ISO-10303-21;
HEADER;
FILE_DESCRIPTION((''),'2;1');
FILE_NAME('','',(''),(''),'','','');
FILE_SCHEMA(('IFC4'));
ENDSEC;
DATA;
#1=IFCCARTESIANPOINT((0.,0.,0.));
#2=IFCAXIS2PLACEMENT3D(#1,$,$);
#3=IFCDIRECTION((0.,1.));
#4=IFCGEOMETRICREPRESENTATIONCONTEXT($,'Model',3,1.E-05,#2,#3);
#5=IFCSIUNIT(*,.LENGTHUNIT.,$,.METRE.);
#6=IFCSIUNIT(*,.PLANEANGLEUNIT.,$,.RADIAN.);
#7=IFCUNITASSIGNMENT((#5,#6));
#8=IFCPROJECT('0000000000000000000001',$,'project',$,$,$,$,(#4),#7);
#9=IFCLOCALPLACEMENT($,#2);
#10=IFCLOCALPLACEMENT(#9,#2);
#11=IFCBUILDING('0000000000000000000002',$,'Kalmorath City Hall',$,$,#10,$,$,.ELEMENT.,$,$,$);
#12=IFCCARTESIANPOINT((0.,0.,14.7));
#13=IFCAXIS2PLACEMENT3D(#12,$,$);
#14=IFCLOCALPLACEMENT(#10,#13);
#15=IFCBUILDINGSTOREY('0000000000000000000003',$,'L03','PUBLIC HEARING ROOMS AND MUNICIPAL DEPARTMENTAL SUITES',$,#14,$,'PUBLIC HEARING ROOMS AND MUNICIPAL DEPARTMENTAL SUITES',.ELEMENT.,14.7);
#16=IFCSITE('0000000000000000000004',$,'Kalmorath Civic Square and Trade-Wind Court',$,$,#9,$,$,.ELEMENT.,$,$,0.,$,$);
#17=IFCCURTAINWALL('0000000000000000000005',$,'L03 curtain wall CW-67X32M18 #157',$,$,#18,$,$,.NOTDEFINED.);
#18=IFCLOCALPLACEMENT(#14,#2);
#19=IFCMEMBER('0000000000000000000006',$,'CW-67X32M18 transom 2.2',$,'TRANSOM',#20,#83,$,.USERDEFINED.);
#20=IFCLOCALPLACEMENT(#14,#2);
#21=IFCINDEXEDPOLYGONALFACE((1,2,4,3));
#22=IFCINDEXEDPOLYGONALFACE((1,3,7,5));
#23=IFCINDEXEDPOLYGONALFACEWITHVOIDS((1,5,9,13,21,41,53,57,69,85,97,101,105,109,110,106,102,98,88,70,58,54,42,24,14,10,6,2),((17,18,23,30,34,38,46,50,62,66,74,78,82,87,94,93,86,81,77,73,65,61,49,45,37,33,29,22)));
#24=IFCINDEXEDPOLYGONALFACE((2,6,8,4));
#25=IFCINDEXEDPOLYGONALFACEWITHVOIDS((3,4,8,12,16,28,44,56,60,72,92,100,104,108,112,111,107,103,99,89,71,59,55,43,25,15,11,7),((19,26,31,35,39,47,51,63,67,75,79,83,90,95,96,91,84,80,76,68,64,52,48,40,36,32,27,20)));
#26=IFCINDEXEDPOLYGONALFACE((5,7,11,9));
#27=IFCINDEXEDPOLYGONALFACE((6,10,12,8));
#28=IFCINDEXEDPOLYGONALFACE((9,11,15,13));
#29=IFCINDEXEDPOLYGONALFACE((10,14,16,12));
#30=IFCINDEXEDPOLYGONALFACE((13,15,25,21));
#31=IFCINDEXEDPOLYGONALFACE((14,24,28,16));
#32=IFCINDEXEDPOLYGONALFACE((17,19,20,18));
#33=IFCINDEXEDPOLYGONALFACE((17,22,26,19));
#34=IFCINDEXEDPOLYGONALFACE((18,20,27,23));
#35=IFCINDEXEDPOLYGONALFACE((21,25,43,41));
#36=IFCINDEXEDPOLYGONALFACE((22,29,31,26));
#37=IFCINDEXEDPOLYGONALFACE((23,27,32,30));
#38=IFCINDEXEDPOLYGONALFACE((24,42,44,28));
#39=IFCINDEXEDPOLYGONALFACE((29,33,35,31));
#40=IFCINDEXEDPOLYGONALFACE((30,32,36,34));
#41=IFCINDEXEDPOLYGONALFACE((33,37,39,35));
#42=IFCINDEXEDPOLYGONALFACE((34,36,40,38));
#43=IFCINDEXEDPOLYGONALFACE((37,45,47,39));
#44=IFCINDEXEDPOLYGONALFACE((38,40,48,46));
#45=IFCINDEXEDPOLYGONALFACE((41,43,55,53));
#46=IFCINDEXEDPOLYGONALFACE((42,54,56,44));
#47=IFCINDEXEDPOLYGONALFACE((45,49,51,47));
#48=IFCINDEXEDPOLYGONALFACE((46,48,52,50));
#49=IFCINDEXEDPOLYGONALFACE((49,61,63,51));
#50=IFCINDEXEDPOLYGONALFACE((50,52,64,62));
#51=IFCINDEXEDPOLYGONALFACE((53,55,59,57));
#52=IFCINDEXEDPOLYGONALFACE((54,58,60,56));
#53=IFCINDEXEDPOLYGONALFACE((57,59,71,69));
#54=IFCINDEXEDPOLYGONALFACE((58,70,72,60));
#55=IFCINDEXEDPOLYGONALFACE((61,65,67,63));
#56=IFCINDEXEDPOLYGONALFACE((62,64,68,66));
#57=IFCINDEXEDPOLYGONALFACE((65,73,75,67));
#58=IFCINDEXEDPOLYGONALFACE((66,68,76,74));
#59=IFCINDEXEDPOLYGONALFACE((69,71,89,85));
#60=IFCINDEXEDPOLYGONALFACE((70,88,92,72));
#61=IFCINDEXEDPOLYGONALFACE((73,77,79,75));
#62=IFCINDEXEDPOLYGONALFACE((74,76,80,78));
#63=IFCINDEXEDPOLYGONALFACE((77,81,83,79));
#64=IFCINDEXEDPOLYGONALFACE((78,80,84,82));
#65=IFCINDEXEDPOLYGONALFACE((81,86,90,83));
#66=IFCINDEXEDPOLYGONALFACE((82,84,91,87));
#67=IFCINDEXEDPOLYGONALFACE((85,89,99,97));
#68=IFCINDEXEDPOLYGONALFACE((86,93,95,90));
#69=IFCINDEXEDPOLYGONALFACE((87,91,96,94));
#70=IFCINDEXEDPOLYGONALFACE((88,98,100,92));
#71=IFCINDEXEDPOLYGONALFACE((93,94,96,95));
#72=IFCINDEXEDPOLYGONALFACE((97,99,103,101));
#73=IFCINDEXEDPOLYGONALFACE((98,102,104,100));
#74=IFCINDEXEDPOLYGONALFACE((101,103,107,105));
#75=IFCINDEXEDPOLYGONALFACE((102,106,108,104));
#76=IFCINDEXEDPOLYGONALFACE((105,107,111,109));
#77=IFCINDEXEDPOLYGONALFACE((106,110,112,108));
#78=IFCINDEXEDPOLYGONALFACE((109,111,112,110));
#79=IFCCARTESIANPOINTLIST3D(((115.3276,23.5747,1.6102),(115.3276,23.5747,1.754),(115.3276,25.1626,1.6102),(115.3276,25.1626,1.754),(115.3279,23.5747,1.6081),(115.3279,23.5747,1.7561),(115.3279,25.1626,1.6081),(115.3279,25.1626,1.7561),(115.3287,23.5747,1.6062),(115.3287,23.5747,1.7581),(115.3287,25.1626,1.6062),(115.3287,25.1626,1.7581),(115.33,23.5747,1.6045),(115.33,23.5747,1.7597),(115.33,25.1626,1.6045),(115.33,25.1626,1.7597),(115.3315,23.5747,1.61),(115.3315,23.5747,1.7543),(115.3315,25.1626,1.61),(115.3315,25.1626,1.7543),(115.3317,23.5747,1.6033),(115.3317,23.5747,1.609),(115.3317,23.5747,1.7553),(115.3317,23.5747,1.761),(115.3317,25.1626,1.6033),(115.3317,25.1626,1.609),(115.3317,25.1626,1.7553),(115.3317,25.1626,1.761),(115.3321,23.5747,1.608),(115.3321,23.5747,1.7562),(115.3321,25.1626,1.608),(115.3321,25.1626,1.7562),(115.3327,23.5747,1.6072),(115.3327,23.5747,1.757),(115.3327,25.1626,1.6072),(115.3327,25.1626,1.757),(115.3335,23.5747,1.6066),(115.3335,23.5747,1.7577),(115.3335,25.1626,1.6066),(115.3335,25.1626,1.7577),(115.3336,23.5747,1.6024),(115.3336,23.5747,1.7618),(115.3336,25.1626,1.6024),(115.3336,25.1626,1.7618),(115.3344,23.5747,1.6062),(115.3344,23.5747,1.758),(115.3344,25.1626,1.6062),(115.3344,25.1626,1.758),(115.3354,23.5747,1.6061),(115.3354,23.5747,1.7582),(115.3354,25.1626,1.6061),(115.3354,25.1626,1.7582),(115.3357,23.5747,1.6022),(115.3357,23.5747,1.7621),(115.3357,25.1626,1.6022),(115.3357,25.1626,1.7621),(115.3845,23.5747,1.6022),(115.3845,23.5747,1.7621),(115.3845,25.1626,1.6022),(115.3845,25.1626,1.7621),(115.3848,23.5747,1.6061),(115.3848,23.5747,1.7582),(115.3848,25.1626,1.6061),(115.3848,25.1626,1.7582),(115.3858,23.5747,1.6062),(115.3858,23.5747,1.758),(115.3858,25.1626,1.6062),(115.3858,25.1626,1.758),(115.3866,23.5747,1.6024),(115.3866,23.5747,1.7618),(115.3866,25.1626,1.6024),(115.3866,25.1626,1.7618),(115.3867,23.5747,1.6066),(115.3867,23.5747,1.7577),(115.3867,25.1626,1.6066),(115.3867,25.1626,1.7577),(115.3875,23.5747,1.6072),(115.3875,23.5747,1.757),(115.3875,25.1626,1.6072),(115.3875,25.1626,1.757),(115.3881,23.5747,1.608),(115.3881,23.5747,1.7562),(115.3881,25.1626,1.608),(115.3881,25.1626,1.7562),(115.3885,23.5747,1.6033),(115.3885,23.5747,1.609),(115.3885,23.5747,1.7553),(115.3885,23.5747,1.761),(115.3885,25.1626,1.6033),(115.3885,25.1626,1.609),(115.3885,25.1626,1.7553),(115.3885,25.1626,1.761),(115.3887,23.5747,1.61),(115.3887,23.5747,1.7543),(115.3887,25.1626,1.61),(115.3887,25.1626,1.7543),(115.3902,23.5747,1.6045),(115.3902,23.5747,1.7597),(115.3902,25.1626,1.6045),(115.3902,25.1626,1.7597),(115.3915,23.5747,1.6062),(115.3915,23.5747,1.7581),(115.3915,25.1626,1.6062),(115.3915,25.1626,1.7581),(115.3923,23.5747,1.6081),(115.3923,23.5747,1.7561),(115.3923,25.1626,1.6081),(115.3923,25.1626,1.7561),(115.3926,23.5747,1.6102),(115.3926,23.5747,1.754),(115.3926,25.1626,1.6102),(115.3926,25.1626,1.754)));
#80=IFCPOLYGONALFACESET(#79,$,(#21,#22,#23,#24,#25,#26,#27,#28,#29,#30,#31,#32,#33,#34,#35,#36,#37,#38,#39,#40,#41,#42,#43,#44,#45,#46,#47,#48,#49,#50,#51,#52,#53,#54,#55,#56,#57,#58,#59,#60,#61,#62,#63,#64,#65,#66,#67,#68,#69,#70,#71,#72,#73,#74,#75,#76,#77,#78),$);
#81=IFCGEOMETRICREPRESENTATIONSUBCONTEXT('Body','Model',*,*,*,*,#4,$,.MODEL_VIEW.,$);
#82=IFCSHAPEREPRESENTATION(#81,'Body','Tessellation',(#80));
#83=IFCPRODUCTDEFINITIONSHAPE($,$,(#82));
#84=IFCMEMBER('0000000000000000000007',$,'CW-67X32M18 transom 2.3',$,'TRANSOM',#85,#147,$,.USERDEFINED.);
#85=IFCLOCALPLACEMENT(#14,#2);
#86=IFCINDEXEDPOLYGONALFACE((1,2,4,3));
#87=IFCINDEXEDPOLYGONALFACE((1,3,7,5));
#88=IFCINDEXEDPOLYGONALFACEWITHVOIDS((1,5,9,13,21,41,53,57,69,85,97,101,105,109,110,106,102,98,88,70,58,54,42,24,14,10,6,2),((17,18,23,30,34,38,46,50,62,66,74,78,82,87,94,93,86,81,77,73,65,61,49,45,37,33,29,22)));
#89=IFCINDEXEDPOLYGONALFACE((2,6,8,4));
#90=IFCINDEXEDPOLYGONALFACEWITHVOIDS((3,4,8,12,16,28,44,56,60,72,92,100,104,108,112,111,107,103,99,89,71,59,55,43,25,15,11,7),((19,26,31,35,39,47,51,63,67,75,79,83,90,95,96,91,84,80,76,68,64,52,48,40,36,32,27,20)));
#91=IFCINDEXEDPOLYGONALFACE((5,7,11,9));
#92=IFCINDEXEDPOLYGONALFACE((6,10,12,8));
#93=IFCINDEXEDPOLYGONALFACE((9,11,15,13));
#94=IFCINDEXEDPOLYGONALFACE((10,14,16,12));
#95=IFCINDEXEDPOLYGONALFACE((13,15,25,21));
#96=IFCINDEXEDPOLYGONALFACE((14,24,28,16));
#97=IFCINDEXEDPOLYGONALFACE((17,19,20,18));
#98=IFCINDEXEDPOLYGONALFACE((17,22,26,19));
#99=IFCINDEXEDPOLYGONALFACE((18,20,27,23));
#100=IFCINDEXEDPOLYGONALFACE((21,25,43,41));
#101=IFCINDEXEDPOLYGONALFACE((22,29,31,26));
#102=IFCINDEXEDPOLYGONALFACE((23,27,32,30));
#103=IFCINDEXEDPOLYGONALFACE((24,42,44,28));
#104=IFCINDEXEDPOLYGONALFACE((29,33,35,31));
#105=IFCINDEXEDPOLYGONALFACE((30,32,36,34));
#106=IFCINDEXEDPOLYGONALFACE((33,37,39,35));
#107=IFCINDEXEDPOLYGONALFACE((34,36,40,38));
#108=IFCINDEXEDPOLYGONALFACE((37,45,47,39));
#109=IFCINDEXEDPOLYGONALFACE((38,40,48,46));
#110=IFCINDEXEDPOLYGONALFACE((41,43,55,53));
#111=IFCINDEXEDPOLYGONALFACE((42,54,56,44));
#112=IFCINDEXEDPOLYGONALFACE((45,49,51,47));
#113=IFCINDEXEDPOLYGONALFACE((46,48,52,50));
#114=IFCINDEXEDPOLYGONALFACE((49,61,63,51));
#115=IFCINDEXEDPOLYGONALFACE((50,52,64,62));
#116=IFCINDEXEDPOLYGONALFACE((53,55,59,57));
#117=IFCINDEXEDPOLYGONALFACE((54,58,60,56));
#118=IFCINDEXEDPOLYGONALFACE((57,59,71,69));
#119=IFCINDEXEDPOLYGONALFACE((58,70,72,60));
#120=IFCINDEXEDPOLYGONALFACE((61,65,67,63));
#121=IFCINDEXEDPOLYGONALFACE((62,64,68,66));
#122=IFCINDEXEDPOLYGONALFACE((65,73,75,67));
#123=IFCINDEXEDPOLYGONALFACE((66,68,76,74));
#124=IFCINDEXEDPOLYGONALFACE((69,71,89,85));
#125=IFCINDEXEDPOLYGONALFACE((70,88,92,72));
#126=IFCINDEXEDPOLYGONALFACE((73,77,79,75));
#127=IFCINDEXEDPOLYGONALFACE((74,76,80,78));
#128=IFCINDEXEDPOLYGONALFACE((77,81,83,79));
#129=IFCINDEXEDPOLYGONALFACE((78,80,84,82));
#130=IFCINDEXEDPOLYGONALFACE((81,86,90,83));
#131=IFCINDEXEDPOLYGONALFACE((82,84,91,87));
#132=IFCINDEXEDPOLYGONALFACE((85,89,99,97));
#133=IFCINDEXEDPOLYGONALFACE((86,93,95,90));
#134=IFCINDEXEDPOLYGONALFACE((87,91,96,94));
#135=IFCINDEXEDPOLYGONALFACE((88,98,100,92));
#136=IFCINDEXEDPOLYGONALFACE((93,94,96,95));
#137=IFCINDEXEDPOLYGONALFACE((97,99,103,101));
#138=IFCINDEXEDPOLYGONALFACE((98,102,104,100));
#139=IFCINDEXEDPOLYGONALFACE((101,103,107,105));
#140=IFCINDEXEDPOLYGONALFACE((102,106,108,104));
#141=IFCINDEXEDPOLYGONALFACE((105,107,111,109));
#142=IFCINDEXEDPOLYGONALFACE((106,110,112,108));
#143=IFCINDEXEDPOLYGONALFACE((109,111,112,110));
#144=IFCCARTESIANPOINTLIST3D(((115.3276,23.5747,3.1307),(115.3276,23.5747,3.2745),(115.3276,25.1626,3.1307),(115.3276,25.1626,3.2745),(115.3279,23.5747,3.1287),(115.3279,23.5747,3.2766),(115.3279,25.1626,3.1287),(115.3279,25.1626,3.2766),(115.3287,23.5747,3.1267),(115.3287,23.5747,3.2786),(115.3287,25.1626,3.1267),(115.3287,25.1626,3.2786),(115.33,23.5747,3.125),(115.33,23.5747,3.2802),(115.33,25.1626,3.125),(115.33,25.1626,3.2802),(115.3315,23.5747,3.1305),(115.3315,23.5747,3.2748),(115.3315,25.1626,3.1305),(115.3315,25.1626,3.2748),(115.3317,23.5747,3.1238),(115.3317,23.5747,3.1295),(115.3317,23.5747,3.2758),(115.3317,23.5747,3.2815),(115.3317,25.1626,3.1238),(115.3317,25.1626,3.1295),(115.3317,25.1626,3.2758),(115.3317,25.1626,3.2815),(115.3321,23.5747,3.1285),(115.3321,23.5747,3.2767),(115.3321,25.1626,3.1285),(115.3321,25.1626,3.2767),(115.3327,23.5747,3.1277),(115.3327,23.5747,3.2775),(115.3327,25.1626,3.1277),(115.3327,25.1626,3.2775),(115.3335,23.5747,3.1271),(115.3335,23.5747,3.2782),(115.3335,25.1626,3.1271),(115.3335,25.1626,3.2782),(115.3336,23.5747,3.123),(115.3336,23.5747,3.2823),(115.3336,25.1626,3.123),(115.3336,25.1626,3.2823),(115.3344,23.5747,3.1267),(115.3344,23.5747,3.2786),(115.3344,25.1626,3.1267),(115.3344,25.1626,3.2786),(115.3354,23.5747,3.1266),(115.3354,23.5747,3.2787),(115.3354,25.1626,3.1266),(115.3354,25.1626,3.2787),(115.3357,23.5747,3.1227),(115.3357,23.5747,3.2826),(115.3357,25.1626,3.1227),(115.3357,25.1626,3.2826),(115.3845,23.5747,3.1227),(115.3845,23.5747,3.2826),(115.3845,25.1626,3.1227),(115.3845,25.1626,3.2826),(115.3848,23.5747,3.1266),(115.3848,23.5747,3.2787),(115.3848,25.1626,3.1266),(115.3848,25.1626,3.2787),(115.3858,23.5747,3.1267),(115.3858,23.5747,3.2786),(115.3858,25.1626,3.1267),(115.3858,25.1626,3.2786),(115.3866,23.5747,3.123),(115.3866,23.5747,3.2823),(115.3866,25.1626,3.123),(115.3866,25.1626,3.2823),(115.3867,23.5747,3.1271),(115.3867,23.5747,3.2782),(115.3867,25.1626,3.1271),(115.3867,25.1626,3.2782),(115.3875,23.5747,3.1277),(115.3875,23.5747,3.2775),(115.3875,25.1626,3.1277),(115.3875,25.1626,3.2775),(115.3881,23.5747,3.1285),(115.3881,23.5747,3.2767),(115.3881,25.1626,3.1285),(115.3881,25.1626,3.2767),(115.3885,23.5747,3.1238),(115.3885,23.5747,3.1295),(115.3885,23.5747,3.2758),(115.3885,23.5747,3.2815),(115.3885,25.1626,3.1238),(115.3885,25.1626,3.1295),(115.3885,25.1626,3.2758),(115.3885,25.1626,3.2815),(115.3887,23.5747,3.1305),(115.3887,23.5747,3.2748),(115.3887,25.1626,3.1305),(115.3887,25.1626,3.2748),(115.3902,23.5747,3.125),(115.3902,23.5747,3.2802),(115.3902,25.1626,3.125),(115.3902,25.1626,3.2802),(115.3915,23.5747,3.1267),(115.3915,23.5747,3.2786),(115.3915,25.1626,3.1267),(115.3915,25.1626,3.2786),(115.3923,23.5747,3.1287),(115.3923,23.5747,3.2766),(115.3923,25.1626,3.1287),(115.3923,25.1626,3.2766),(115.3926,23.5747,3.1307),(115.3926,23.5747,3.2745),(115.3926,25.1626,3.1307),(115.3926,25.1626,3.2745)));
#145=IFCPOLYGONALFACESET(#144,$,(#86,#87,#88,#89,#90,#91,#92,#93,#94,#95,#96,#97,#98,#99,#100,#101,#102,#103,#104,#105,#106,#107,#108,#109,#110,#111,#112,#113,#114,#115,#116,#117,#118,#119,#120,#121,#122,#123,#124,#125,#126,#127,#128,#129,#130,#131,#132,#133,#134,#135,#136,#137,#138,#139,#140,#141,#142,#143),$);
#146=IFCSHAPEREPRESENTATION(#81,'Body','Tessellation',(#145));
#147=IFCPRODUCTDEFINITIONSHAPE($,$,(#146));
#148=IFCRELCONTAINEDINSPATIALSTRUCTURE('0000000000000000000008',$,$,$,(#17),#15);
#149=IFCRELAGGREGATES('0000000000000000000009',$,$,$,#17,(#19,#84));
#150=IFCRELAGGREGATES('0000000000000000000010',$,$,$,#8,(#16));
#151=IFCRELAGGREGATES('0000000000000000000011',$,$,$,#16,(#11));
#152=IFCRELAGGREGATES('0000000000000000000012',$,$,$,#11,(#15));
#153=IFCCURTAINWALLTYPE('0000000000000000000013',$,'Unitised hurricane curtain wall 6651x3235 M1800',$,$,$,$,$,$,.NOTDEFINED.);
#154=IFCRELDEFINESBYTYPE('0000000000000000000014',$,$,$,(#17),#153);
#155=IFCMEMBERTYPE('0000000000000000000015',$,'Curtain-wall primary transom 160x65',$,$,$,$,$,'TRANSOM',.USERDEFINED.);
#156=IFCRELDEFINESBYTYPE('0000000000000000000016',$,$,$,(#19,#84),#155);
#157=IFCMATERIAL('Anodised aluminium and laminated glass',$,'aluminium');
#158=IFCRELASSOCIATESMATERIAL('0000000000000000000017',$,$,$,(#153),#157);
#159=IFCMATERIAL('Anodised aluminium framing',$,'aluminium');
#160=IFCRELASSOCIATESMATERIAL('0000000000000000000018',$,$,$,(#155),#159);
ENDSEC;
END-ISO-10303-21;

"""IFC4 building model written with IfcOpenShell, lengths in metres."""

from ifc_helpers import new_model, si_unit, direction, frame, origin, origin_2d, place, context, subcontext, project, spatial, hollow_rectangle, extrude, material, material_profile, profile_set, type_object, element, aggregate, save


model = new_model("IFC4")

# Units and contexts
model_context = context("Model", 3, precision=1e-05, world=origin(), true_north=direction((0.0, 1.0)))
body_context = subcontext(model_context, "Body", "Model", "MODEL_VIEW")
ifc_project = project(units=[si_unit("LENGTHUNIT", "METRE"), si_unit("PLANEANGLEUNIT", "RADIAN")], contexts=[model_context])

# Site, building, storey
site_placement = place(None, origin())
site = spatial("IfcSite", under=ifc_project, at=site_placement, Name="Kalmorath Civic Square and Trade-Wind Court", CompositionType="ELEMENT", RefElevation=0.0)
building_placement = place(site_placement, origin())
building = spatial("IfcBuilding", under=site, at=building_placement, Name="Kalmorath City Hall", CompositionType="ELEMENT")
storey_placement = place(building_placement, frame((0.0, 0.0, 14.7)))
storey = spatial("IfcBuildingStorey", under=building, at=storey_placement, Name="L03", Description="PUBLIC HEARING ROOMS AND MUNICIPAL DEPARTMENTAL SUITES", LongName="PUBLIC HEARING ROOMS AND MUNICIPAL DEPARTMENTAL SUITES", CompositionType="ELEMENT", Elevation=14.7)

# Curtain wall
ifc_material_1 = material(Name="Anodised aluminium and laminated glass", Category="aluminium")
curtain_wall_type_1 = type_object("IfcCurtainWallType", Name="Unitised hurricane curtain wall 6651x3235 M1800", PredefinedType="NOTDEFINED", material=ifc_material_1)
curtain_wall_1_placement = place(storey_placement, origin())
curtain_wall_1 = element("IfcCurtainWall", 1, at=curtain_wall_1_placement, inside=storey, type_object=curtain_wall_type_1, Name="L03 curtain wall CW-67X32M18 #157", PredefinedType="NOTDEFINED")

# Members
ifc_material_2 = material(Name="Anodised aluminium framing", Category="aluminium")
ifc_material_profile_1 = material_profile(ifc_material_2, hollow_rectangle(XDim=0.0649, YDim=0.1599, WallThickness=0.0039, InnerFilletRadius=0.0039, OuterFilletRadius=0.0081, at=origin_2d()), Name="ALU-TRN-160X65X4")
ifc_profile_set_1 = profile_set([ifc_material_profile_1], Name="Anodised aluminium framing")
member_type_1 = type_object("IfcMemberType", Name="Curtain-wall primary transom 160x65", ElementType="TRANSOM", PredefinedType="USERDEFINED", material=ifc_profile_set_1)
member_1_placement = place(storey_placement, frame((115.3601, 23.5747, 1.6821), z_axis=(0.0, 1.0, 0.0), x_axis=(-1.0, 0.0, 0.0)))
member_1 = element("IfcMember", 2, at=member_1_placement, type_object=member_type_1, Name="CW-67X32M18 transom 2.2", ObjectType="TRANSOM", PredefinedType="USERDEFINED", context=body_context, shape_type="SweptSolid", body=[
    extrude(hollow_rectangle(XDim=0.0649, YDim=0.1599, WallThickness=0.0039, InnerFilletRadius=0.0039, OuterFilletRadius=0.0081, at=origin_2d()), origin(), (0.0, 0.0, 1.0), 1.5879),
])
member_2_placement = place(storey_placement, frame((115.3601, 23.5747, 3.2026), z_axis=(0.0, 1.0, 0.0), x_axis=(-1.0, 0.0, 0.0)))
member_2 = element("IfcMember", 3, at=member_2_placement, type_object=member_type_1, Name="CW-67X32M18 transom 2.3", ObjectType="TRANSOM", PredefinedType="USERDEFINED", context=body_context, shape_type="SweptSolid", body=[
    extrude(hollow_rectangle(XDim=0.0649, YDim=0.1599, WallThickness=0.0039, InnerFilletRadius=0.0039, OuterFilletRadius=0.0081, at=origin_2d()), origin(), (0.0, 0.0, 1.0), 1.5879),
])

aggregate(curtain_wall_1, [member_1, member_2])

save(model, "model.ifc")
